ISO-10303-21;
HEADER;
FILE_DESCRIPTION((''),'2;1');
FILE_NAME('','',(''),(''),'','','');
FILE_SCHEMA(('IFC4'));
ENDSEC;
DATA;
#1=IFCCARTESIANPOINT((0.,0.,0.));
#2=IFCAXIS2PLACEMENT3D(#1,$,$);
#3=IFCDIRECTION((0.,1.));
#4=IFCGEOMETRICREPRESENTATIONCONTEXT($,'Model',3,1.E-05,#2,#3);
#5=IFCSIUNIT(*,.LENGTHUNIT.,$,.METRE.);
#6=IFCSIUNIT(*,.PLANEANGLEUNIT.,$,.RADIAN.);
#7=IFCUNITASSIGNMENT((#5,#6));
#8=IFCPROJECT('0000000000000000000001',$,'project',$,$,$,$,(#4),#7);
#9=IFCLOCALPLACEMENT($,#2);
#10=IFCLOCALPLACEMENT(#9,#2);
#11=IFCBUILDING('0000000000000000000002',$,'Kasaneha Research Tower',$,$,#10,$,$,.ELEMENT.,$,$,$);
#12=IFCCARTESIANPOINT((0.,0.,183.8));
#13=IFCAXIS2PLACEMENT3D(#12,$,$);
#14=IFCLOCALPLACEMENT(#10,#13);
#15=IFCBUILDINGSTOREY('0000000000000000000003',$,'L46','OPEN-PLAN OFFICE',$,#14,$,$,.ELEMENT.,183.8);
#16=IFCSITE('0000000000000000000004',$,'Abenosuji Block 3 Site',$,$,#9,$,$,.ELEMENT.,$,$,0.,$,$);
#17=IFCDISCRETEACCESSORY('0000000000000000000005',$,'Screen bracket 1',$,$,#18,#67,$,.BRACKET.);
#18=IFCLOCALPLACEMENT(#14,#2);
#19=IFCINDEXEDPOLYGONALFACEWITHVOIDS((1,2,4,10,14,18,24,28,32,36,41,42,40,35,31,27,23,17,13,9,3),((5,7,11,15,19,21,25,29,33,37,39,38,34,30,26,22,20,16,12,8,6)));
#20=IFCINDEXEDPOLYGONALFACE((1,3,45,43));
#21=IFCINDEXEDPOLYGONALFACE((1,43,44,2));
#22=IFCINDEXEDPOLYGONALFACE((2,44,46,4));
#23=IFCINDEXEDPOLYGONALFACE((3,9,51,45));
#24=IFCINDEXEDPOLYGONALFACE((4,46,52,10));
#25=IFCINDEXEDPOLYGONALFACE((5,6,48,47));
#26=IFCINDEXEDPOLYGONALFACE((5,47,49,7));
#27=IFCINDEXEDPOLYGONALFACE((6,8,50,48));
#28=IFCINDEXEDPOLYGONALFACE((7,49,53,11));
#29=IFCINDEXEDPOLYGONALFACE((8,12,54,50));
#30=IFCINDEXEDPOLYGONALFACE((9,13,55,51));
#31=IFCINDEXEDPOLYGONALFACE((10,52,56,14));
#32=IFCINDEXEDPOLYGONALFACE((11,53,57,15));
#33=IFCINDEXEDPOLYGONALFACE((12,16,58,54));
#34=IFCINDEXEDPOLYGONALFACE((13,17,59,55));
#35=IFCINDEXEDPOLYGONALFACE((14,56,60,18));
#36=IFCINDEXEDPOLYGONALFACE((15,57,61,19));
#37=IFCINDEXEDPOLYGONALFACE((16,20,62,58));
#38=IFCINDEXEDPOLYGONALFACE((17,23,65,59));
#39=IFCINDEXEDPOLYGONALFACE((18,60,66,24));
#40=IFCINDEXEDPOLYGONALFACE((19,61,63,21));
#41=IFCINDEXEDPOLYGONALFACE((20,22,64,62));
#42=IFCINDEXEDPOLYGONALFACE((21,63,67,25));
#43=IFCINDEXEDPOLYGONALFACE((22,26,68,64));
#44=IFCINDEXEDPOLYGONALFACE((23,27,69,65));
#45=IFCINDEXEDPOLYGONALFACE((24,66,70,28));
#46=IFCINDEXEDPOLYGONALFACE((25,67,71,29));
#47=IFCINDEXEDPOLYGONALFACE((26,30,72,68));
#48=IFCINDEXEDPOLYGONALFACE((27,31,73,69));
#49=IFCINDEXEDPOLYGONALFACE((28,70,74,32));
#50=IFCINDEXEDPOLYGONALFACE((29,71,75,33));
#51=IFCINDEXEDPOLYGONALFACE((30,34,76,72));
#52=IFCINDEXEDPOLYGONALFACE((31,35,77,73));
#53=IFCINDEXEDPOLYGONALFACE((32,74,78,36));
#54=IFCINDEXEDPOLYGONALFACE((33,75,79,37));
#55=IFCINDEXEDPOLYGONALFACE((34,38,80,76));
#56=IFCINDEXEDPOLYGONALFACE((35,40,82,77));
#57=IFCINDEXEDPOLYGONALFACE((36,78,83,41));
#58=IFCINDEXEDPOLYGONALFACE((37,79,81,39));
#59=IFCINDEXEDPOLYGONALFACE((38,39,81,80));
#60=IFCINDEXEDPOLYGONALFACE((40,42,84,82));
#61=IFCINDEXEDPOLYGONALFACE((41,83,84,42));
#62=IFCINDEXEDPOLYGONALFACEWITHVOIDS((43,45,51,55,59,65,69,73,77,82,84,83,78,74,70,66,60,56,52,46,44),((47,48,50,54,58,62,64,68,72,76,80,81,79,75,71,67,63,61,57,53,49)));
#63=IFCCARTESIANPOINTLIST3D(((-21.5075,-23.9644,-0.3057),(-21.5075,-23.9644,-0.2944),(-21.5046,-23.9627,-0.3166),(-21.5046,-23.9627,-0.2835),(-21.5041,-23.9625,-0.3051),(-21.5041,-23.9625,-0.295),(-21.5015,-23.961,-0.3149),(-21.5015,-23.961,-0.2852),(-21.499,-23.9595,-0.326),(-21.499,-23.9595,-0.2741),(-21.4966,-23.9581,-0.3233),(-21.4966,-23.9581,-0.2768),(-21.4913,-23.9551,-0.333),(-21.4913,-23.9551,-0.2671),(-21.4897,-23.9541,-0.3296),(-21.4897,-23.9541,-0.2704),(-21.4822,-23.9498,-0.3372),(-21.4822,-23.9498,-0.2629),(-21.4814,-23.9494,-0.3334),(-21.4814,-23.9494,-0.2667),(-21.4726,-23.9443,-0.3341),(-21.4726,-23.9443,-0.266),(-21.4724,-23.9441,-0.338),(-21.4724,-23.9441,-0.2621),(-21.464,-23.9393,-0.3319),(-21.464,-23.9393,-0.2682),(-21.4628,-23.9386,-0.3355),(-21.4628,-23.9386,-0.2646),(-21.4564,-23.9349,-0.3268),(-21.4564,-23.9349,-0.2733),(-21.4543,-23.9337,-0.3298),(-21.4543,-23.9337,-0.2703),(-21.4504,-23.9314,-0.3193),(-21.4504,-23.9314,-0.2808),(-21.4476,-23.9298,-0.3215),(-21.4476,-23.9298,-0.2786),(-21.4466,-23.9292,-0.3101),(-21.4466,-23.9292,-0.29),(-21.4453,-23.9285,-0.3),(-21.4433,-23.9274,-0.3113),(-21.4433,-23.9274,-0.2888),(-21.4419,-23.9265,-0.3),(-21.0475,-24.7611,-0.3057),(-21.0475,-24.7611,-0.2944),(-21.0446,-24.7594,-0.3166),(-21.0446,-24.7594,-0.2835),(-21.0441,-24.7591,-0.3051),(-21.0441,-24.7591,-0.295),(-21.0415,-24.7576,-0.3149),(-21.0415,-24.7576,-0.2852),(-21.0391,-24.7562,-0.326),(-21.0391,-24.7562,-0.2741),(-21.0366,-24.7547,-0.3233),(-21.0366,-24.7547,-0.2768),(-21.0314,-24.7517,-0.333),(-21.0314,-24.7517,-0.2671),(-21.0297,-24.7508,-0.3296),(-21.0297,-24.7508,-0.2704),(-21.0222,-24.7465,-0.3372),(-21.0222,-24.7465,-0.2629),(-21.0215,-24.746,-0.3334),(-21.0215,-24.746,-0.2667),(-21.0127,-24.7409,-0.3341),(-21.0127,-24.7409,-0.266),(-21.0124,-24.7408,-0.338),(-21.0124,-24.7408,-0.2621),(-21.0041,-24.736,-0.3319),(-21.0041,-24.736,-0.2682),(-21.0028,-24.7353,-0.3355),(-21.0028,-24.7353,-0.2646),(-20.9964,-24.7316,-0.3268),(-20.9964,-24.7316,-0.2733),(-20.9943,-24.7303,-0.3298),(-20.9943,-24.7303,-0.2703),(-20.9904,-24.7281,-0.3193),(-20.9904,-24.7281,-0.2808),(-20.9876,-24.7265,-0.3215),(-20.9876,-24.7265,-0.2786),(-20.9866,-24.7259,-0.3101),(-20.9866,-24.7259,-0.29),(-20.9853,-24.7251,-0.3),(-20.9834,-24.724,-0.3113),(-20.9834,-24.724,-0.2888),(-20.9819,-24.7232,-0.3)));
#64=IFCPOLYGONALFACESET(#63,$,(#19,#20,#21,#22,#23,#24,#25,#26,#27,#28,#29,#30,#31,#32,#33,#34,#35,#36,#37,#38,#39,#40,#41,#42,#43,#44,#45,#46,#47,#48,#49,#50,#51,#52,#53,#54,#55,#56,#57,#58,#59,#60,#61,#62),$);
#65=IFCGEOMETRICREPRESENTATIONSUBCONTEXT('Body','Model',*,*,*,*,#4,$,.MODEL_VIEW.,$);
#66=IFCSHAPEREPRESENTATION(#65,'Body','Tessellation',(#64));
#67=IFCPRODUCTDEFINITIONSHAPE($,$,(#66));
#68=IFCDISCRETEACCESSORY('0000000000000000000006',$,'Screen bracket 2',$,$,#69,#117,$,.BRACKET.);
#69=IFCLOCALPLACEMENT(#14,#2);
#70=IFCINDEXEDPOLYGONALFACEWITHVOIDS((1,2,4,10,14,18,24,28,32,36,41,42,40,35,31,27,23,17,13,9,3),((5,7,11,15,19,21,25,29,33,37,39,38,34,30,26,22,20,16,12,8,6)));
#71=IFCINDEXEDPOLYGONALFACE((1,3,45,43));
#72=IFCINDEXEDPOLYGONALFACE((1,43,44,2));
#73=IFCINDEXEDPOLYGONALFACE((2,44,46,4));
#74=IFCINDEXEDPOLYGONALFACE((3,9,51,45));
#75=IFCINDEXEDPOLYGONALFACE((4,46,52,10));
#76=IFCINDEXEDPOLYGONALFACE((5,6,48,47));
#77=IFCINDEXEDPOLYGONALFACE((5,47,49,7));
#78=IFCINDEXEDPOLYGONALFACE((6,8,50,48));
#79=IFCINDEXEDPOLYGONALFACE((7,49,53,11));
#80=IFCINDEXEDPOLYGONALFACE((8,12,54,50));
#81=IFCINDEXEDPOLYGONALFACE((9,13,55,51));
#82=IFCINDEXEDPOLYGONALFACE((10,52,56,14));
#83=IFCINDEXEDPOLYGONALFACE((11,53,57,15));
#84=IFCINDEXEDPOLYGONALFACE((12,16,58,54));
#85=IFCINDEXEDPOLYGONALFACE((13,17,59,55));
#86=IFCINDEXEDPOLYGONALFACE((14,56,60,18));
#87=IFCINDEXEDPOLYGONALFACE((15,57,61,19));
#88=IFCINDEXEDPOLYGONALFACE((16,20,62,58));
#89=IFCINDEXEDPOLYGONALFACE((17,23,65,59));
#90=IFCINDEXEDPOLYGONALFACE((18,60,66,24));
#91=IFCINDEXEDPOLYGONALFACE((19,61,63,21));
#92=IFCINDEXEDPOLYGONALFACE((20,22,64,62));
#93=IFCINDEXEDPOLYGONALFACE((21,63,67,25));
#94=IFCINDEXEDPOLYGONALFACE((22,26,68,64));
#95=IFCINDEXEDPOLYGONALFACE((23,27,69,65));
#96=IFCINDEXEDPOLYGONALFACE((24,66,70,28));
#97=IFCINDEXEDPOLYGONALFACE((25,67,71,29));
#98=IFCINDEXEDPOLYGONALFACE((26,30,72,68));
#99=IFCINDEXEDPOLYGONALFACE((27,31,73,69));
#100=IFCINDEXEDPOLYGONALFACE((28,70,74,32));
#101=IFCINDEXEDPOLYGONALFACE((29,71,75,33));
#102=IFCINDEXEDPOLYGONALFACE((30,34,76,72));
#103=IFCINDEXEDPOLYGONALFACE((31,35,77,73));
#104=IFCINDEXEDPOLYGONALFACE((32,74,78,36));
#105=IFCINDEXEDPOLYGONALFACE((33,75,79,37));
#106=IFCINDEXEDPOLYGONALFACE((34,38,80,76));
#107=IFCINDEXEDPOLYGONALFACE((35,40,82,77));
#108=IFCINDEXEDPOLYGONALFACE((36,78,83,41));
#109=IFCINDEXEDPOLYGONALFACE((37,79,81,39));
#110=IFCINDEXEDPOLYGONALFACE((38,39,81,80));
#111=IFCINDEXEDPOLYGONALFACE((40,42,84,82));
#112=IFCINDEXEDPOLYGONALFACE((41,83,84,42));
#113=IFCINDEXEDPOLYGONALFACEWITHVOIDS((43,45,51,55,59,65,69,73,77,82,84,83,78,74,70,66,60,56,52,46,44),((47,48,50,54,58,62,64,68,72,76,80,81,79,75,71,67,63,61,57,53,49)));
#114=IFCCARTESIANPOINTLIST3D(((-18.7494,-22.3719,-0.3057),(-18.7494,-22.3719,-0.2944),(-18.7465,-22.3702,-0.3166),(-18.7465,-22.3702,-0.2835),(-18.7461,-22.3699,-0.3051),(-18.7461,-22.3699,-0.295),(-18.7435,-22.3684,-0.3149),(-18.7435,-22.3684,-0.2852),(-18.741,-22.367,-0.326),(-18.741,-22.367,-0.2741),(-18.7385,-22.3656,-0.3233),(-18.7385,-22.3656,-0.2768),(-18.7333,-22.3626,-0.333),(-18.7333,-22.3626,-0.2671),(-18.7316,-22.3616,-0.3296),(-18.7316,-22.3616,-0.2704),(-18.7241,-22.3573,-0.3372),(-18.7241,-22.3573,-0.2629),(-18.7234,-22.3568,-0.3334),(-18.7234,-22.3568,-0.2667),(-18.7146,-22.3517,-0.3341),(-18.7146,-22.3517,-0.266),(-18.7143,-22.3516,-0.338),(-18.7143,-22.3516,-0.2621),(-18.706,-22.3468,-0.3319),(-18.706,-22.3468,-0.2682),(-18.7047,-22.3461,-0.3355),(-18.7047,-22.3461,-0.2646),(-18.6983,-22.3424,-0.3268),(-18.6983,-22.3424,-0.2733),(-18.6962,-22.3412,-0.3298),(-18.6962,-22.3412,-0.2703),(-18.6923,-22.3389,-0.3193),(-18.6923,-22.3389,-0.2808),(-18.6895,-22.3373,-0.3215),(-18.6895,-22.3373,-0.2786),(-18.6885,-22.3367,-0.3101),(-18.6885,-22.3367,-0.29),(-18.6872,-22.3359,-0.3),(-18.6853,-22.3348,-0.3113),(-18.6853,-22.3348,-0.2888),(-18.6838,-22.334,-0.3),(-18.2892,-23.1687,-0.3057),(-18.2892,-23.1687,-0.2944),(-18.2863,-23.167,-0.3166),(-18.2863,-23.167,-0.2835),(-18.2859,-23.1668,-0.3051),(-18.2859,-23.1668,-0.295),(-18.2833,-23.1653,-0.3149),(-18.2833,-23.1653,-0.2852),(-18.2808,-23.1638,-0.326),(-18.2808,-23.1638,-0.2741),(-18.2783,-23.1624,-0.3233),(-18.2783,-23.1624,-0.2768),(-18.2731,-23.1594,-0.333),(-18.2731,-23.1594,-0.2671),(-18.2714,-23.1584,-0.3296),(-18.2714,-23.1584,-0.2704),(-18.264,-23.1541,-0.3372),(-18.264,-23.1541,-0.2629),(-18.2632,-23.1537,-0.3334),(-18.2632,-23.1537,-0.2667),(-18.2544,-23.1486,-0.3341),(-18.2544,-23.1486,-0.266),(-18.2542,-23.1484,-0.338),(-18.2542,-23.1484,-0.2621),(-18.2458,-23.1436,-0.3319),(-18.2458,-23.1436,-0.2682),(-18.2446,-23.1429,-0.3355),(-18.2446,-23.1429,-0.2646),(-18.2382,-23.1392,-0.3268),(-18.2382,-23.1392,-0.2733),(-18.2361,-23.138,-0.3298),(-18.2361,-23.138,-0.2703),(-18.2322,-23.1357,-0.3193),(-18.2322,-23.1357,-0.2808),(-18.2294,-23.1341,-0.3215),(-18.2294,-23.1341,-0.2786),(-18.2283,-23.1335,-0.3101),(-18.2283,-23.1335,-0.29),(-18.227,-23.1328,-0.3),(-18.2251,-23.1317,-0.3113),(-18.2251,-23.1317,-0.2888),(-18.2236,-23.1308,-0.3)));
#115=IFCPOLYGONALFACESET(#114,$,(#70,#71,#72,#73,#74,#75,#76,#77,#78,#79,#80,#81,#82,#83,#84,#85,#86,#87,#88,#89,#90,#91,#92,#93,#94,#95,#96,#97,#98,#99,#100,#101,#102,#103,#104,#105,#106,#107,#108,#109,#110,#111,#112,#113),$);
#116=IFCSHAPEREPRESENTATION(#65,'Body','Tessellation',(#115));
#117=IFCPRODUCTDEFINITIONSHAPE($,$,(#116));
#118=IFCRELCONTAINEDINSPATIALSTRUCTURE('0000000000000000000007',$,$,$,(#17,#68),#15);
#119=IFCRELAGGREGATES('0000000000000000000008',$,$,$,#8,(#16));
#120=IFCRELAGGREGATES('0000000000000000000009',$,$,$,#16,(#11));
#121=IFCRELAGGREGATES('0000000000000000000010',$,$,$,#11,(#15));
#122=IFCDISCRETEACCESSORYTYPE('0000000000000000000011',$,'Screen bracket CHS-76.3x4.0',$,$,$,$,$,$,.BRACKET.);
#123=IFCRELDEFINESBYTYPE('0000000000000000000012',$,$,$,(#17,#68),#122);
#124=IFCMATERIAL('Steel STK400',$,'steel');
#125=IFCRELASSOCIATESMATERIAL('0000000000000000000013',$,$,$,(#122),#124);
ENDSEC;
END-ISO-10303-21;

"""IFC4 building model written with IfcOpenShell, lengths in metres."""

from ifc_helpers import new_model, si_unit, direction, frame, origin, origin_2d, place, context, subcontext, project, spatial, hollow_circle, extrude, material, material_profile, profile_set, type_object, element, save


model = new_model("IFC4")

# Units and contexts
model_context = context("Model", 3, precision=1e-05, world=origin(), true_north=direction((0.0, 1.0)))
body_context = subcontext(model_context, "Body", "Model", "MODEL_VIEW")
ifc_project = project(units=[si_unit("LENGTHUNIT", "METRE"), si_unit("PLANEANGLEUNIT", "RADIAN")], contexts=[model_context])

# Site, building, storey
site_placement = place(None, origin())
site = spatial("IfcSite", under=ifc_project, at=site_placement, Name="Abenosuji Block 3 Site", CompositionType="ELEMENT", RefElevation=0.0)
building_placement = place(site_placement, origin())
building = spatial("IfcBuilding", under=site, at=building_placement, Name="Kasaneha Research Tower", CompositionType="ELEMENT")
storey_placement = place(building_placement, frame((0.0, 0.0, 183.8)))
storey = spatial("IfcBuildingStorey", under=building, at=storey_placement, Name="L46", Description="OPEN-PLAN OFFICE", CompositionType="ELEMENT", Elevation=183.8)

# Discrete accessories
ifc_material_1 = material(Name="Steel STK400", Category="steel")
ifc_material_profile_1 = material_profile(ifc_material_1, hollow_circle(Radius=0.0381, WallThickness=0.0039, at=origin_2d()), Name="CHS-76.3x4.0")
ifc_profile_set_1 = profile_set([ifc_material_profile_1], Name="Steel STK400")
discrete_accessory_type = type_object("IfcDiscreteAccessoryType", Name="Screen bracket CHS-76.3x4.0", PredefinedType="BRACKET", material=ifc_profile_set_1)
discrete_accessory_1_placement = place(storey_placement, frame((-21.4749, -23.9456, -0.3), z_axis=(0.500021, -0.866013, 0.0), x_axis=(0.866013, 0.500021, 0.0)))
element("IfcDiscreteAccessory", 1, at=discrete_accessory_1_placement, inside=storey, type_object=discrete_accessory_type, Name="Screen bracket 1", PredefinedType="BRACKET", context=body_context, shape_type="SweptSolid", body=[
    extrude(hollow_circle(Radius=0.0381, WallThickness=0.0039, at=origin_2d()), origin(), (0.0, 0.0, 1.0), 0.9199),
])
discrete_accessory_2_placement = place(storey_placement, frame((-18.7168, -22.353, -0.3), z_axis=(0.500105, -0.865965, 0.0), x_axis=(0.865965, 0.500105, 0.0)))
element("IfcDiscreteAccessory", 2, at=discrete_accessory_2_placement, inside=storey, type_object=discrete_accessory_type, Name="Screen bracket 2", PredefinedType="BRACKET", context=body_context, shape_type="SweptSolid", body=[
    extrude(hollow_circle(Radius=0.0381, WallThickness=0.0039, at=origin_2d()), origin(), (0.0, 0.0, 1.0), 0.9202),
])

save(model, "model.ifc")
